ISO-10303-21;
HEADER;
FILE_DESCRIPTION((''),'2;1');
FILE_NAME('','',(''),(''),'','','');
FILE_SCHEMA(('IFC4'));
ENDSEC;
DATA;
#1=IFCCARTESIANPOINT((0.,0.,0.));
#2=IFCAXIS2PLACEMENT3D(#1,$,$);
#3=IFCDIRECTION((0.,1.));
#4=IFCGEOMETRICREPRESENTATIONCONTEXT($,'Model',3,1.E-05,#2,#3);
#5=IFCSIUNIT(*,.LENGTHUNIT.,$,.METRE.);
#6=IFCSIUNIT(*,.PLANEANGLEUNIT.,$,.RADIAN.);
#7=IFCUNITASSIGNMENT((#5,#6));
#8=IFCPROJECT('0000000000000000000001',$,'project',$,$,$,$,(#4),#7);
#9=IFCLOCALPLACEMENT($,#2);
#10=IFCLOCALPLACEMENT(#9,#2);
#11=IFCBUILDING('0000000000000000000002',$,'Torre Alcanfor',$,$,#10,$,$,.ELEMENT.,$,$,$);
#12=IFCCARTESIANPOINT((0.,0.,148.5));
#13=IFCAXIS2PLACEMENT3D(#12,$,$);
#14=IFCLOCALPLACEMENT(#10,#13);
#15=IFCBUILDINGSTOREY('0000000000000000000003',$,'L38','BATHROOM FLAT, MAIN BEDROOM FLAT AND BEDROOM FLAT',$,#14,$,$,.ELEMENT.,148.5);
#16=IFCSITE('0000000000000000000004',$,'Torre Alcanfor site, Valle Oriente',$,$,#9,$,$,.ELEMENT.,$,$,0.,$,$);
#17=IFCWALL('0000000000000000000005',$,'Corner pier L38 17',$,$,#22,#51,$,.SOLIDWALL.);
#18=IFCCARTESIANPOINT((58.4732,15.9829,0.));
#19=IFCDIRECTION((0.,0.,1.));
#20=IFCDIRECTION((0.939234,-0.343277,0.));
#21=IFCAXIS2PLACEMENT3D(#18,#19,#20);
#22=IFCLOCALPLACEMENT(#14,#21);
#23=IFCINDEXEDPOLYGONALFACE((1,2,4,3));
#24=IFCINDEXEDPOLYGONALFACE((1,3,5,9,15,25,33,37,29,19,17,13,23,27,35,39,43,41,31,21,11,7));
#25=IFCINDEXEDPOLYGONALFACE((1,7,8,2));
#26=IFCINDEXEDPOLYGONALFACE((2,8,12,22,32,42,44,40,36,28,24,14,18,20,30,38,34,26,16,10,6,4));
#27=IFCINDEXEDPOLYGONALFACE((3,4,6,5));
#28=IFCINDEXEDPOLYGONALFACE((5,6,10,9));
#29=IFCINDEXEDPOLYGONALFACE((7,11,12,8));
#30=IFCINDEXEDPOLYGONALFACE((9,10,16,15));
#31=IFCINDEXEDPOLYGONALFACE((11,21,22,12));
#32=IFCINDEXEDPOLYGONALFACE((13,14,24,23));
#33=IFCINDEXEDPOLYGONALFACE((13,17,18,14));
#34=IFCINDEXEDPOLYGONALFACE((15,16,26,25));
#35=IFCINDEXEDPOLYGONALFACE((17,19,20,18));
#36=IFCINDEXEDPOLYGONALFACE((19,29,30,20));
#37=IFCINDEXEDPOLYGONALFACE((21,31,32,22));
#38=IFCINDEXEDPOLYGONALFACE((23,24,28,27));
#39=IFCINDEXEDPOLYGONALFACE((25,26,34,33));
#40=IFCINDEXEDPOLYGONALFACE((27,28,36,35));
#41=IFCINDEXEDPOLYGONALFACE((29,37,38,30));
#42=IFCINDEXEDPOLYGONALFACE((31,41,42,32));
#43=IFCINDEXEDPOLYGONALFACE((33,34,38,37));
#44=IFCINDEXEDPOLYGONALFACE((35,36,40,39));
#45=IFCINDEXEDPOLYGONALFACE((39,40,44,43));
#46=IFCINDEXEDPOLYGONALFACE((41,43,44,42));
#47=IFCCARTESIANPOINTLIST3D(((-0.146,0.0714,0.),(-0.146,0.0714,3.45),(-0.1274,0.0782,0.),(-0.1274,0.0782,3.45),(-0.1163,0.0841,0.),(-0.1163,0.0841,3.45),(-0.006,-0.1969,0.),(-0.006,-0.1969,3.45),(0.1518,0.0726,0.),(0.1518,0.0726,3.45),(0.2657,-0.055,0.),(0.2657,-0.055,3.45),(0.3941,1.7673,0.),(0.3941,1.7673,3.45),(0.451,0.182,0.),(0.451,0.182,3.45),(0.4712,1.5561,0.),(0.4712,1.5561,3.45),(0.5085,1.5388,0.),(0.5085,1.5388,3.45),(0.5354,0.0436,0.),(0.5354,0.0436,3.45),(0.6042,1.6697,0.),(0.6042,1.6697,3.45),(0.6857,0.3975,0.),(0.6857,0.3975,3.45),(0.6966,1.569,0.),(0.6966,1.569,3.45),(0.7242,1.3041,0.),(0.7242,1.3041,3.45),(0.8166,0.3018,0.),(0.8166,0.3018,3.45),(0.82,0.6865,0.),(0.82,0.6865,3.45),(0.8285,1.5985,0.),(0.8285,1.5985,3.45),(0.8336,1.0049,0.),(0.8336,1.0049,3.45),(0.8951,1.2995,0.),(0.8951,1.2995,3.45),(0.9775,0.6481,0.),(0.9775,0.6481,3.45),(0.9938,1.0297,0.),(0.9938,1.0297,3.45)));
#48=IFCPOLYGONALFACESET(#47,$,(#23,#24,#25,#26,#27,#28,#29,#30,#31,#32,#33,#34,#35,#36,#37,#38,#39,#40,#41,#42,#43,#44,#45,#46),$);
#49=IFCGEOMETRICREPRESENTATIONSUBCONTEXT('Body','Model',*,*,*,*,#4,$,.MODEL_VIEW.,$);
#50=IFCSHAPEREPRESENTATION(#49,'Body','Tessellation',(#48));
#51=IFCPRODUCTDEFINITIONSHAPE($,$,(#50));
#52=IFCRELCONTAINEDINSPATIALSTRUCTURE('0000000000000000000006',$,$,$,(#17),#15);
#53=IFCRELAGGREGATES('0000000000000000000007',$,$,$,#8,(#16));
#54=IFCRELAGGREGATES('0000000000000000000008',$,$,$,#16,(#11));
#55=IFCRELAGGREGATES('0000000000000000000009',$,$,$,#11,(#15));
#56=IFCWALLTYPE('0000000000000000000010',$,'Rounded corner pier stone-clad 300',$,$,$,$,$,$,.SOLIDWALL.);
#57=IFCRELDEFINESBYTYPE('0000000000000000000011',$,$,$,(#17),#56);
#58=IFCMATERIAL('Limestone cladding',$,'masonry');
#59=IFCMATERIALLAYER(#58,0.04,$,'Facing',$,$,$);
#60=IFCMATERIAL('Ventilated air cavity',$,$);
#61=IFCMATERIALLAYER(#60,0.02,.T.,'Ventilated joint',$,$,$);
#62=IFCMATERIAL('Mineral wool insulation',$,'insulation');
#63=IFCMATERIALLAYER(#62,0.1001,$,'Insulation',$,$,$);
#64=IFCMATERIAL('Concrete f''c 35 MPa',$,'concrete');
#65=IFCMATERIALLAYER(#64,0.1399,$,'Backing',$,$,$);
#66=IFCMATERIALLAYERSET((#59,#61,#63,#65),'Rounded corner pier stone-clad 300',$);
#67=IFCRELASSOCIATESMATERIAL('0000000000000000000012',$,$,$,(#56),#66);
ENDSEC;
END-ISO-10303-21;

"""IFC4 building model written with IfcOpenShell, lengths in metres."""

from ifc_helpers import new_model, si_unit, direction, frame, origin, place, context, subcontext, project, spatial, polyline, outline, extrude, material, layer, layer_set, type_object, element, save


model = new_model("IFC4")

# Units and contexts
model_context = context("Model", 3, precision=1e-05, world=origin(), true_north=direction((0.0, 1.0)))
body_context = subcontext(model_context, "Body", "Model", "MODEL_VIEW")
ifc_project = project(units=[si_unit("LENGTHUNIT", "METRE"), si_unit("PLANEANGLEUNIT", "RADIAN")], contexts=[model_context])

# Site, building, storey
site_placement = place(None, origin())
site = spatial("IfcSite", under=ifc_project, at=site_placement, Name="Torre Alcanfor site, Valle Oriente", CompositionType="ELEMENT", RefElevation=0.0)
building_placement = place(site_placement, origin())
building = spatial("IfcBuilding", under=site, at=building_placement, Name="Torre Alcanfor", CompositionType="ELEMENT")
storey_placement = place(building_placement, frame((0.0, 0.0, 148.5)))
storey = spatial("IfcBuildingStorey", under=building, at=storey_placement, Name="L38", Description="BATHROOM FLAT, MAIN BEDROOM FLAT AND BEDROOM FLAT", CompositionType="ELEMENT", Elevation=148.5)

# Wall
ifc_material_1 = material(Name="Limestone cladding", Category="masonry")
ifc_layer_1 = layer(ifc_material_1, 0.04, Name="Facing")
ifc_material_2 = material(Name="Ventilated air cavity")
ifc_layer_2 = layer(ifc_material_2, 0.02, ventilated=True, Name="Ventilated joint")
ifc_material_3 = material(Name="Mineral wool insulation", Category="insulation")
ifc_layer_3 = layer(ifc_material_3, 0.1001, Name="Insulation")
ifc_material_4 = material(Name="Concrete f'c 35 MPa", Category="concrete")
ifc_layer_4 = layer(ifc_material_4, 0.1399, Name="Backing")
ifc_layer_set_1 = layer_set([ifc_layer_1, ifc_layer_2, ifc_layer_3, ifc_layer_4], Name="Rounded corner pier stone-clad 300")
wall_type_1 = type_object("IfcWallType", Name="Rounded corner pier stone-clad 300", PredefinedType="SOLIDWALL", material=ifc_layer_set_1)
wall_1_placement = place(storey_placement, frame((58.4732, 15.9829, 0.0), z_axis=(0.0, 0.0, 1.0), x_axis=(0.939234, -0.343277, 0.0)))
element("IfcWall", 1, at=wall_1_placement, inside=storey, type_object=wall_type_1, Name="Corner pier L38 17", PredefinedType="SOLIDWALL", context=body_context, shape_type="SweptSolid", body=[
    extrude(outline(polyline([(0.8285, 1.5985), (0.6966, 1.569), (0.6042, 1.6697), (0.3941, 1.7673), (0.4712, 1.5561), (0.5085, 1.5388), (0.7242, 1.3041), (0.8336, 1.0049), (0.82, 0.6865), (0.6857, 0.3975), (0.451, 0.182), (0.1518, 0.0726), (-0.1163, 0.0841), (-0.1274, 0.0782), (-0.146, 0.0714), (-0.006, -0.1969), (0.2657, -0.055), (0.5354, 0.0436), (0.8166, 0.3018), (0.9775, 0.6481), (0.9938, 1.0297), (0.8951, 1.2995), (0.8285, 1.5985)])), origin(), (0.0, 0.0, 1.0), 3.45),
])

save(model, "model.ifc")
